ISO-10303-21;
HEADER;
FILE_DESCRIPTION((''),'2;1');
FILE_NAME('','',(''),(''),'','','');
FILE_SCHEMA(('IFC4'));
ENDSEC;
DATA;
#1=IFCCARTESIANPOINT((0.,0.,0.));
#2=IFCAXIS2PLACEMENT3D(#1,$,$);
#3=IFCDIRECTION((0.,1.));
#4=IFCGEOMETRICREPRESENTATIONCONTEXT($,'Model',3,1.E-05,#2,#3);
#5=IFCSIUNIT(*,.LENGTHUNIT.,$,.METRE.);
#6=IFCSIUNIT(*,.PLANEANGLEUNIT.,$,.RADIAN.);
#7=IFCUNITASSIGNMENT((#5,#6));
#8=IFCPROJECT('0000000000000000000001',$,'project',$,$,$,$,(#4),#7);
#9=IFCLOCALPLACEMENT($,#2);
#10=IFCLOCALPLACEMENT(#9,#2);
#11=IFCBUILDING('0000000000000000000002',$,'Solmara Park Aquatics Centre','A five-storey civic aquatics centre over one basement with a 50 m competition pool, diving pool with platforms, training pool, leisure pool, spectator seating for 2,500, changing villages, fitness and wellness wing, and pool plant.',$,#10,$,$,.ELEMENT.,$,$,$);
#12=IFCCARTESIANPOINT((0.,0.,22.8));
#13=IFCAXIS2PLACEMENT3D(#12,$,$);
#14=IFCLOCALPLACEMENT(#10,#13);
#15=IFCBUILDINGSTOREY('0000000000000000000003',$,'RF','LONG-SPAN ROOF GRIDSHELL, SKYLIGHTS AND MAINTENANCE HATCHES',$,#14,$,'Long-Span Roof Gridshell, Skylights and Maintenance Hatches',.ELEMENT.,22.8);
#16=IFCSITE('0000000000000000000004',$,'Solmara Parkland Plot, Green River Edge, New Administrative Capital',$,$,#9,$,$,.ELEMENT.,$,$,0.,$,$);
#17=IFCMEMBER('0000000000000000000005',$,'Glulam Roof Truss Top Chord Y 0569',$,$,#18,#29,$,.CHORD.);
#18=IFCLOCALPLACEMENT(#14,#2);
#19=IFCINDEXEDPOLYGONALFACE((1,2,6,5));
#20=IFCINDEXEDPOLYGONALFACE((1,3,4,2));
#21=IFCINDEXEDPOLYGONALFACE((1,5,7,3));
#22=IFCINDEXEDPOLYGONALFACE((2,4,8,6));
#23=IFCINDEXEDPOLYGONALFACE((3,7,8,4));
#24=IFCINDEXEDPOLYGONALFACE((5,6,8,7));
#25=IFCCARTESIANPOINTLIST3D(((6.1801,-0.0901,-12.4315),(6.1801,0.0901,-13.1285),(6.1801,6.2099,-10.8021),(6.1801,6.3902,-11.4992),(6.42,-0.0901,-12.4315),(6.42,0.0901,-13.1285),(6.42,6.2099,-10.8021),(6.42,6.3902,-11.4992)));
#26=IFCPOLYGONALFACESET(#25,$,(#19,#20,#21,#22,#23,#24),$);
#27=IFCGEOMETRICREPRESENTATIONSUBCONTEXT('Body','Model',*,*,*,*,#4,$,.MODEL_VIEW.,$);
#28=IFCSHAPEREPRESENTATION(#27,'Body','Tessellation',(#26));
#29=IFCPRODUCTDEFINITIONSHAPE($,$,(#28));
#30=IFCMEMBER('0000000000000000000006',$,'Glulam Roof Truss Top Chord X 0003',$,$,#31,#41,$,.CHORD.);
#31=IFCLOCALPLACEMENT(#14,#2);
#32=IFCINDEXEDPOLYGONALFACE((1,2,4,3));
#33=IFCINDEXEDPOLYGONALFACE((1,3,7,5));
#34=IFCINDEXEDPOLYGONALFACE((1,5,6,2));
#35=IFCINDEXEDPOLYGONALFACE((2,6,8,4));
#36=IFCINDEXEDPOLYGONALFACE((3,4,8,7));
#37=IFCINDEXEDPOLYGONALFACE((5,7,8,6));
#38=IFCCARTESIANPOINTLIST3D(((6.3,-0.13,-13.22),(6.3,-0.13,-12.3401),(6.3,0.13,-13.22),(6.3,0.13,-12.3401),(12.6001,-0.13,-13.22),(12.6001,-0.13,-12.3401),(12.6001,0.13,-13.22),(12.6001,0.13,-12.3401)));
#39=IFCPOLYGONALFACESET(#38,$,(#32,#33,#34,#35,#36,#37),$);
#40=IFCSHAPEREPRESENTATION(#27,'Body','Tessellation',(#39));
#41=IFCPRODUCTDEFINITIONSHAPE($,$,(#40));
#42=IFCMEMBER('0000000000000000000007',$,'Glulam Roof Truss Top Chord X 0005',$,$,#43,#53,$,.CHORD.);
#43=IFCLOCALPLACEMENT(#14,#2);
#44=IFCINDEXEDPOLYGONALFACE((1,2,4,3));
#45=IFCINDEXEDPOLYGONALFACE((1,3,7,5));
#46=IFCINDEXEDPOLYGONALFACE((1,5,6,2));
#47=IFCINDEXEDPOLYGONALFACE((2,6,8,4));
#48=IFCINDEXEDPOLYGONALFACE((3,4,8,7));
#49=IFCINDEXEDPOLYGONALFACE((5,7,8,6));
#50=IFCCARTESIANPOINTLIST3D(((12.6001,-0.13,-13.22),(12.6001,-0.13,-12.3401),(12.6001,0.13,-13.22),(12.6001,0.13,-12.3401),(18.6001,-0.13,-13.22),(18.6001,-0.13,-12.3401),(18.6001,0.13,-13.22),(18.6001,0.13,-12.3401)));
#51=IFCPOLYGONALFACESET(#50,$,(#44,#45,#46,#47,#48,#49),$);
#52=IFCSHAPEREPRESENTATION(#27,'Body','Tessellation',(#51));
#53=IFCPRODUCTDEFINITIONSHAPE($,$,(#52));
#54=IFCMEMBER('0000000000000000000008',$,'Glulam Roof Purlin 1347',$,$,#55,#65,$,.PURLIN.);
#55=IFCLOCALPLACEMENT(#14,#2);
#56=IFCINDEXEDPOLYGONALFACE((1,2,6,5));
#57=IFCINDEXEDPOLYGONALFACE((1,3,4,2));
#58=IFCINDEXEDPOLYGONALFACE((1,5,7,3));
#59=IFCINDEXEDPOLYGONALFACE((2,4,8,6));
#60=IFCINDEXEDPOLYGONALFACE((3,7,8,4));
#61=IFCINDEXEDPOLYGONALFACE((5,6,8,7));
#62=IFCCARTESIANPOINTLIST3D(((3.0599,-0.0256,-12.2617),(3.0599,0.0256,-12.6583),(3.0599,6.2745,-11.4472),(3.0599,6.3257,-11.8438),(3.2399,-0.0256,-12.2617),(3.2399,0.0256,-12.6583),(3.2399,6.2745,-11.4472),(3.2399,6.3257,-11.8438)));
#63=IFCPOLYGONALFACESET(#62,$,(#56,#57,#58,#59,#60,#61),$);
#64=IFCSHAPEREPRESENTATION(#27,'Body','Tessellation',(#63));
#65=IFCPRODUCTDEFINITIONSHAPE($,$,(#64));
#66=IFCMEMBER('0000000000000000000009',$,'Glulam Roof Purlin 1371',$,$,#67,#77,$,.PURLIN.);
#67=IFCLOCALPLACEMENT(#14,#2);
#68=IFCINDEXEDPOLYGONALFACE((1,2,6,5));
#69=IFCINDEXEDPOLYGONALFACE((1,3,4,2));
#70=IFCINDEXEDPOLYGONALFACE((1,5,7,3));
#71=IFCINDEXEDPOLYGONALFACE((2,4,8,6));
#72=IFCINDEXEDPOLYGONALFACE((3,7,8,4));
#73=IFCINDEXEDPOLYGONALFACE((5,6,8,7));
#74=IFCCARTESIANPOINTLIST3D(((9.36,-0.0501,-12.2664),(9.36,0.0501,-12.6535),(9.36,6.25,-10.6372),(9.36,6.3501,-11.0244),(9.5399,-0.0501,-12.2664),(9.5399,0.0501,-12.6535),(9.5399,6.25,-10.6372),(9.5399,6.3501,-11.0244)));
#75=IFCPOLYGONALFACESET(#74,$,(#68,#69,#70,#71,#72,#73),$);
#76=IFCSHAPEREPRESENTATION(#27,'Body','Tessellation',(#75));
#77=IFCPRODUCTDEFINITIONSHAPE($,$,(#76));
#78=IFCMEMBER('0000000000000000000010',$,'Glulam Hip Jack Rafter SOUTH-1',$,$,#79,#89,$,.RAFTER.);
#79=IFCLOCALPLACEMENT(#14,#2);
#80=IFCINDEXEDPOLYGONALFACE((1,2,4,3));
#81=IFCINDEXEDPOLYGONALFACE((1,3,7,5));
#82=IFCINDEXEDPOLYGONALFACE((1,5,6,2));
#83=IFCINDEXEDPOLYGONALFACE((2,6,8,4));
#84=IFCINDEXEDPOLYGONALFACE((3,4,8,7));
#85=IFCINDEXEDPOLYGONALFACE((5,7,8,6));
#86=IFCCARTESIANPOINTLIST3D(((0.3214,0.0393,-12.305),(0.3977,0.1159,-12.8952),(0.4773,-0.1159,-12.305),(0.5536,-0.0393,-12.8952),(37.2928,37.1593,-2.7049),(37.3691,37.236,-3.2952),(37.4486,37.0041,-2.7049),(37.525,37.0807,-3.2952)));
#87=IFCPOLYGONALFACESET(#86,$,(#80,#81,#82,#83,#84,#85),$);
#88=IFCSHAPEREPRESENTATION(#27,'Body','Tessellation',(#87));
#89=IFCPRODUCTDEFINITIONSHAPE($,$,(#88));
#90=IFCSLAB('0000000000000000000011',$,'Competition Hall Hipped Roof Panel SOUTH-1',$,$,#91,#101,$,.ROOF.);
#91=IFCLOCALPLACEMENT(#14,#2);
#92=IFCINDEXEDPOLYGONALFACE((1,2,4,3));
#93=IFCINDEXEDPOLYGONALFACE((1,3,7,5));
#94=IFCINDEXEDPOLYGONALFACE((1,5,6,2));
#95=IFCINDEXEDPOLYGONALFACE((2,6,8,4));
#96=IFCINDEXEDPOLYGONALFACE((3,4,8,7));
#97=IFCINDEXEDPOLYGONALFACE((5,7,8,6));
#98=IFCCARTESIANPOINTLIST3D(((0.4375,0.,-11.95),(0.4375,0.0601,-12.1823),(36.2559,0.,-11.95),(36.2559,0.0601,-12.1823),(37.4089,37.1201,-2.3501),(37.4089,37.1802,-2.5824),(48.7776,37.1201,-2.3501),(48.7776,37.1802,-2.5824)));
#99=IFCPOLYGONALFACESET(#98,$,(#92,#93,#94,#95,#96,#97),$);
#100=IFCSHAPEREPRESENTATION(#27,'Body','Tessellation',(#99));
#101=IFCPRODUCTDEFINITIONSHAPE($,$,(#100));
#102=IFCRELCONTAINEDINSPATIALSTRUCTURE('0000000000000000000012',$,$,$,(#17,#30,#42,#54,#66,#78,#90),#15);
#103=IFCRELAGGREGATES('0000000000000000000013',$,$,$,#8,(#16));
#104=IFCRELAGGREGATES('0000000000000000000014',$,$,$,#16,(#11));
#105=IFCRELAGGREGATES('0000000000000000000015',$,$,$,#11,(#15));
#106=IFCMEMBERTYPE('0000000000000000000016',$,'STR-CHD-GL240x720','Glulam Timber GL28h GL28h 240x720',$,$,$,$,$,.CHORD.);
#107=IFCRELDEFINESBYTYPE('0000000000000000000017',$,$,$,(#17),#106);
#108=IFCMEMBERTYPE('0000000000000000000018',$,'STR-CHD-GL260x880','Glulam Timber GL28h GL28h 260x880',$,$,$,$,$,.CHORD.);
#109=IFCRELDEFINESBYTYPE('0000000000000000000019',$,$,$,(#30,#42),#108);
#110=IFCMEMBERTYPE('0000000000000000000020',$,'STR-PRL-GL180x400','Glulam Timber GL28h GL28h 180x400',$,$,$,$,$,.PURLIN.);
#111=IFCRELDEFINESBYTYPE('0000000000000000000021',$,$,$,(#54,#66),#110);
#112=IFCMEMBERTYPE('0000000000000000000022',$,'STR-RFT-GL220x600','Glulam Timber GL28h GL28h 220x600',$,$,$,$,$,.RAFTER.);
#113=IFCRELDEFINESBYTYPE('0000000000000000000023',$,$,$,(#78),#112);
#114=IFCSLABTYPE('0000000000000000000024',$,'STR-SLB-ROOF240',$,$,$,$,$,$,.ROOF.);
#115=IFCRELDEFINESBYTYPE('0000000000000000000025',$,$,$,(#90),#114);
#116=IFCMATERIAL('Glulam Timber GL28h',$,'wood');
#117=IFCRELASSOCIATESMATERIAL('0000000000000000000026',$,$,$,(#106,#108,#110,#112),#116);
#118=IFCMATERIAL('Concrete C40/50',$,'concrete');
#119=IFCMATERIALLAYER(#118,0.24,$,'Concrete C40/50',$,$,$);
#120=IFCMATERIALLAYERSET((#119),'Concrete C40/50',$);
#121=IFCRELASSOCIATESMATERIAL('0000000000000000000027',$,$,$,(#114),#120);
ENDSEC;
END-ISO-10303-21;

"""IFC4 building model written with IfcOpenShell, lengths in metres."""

from ifc_helpers import new_model, si_unit, direction, frame, origin, origin_2d, place, context, subcontext, project, spatial, polyline, rectangle, outline, extrude, material, layer, layer_set, material_profile, profile_set, type_object, element, save


model = new_model("IFC4")

# Units and contexts
model_context = context("Model", 3, precision=1e-05, world=origin(), true_north=direction((0.0, 1.0)))
body_context = subcontext(model_context, "Body", "Model", "MODEL_VIEW")
ifc_project = project(units=[si_unit("LENGTHUNIT", "METRE"), si_unit("PLANEANGLEUNIT", "RADIAN")], contexts=[model_context])

# Site, building, storey
site_placement = place(None, origin())
site = spatial("IfcSite", under=ifc_project, at=site_placement, Name="Solmara Parkland Plot, Green River Edge, New Administrative Capital", CompositionType="ELEMENT", RefElevation=0.0)
building_placement = place(site_placement, origin())
building = spatial("IfcBuilding", under=site, at=building_placement, Name="Solmara Park Aquatics Centre", Description="A five-storey civic aquatics centre over one basement with a 50 m competition pool, diving pool with platforms, training pool, leisure pool, spectator seating for 2,500, changing villages, fitness and wellness wing, and pool plant.", CompositionType="ELEMENT")
storey_placement = place(building_placement, frame((0.0, 0.0, 22.8)))
storey = spatial("IfcBuildingStorey", under=building, at=storey_placement, Name="RF", Description="LONG-SPAN ROOF GRIDSHELL, SKYLIGHTS AND MAINTENANCE HATCHES", LongName="Long-Span Roof Gridshell, Skylights and Maintenance Hatches", CompositionType="ELEMENT", Elevation=22.8)

# Members
ifc_material_1 = material(Name="Glulam Timber GL28h", Category="wood")
ifc_material_profile_1 = material_profile(ifc_material_1, rectangle(XDim=0.24, YDim=0.72, at=origin_2d()), Name="GL28h 240x720")
ifc_profile_set_1 = profile_set([ifc_material_profile_1], Name="Glulam Timber GL28h")
member_type_1 = type_object("IfcMemberType", Name="STR-CHD-GL240x720", Description="Glulam Timber GL28h GL28h 240x720", PredefinedType="CHORD", material=ifc_profile_set_1)
member_1_placement = place(storey_placement, frame((6.3, 0.0, -12.78), z_axis=(0.0, 0.968144, 0.250393), x_axis=(-1.0, 0.0, 0.0)))
element("IfcMember", 1, at=member_1_placement, inside=storey, type_object=member_type_1, Name="Glulam Roof Truss Top Chord Y 0569", PredefinedType="CHORD", context=body_context, shape_type="SweptSolid", body=[
    extrude(rectangle(XDim=0.24, YDim=0.72, at=origin_2d()), origin(), (0.0, 0.0, 1.0), 6.5073),
])
ifc_material_profile_2 = material_profile(ifc_material_1, rectangle(XDim=0.26, YDim=0.8799, at=origin_2d()), Name="GL28h 260x880")
ifc_profile_set_2 = profile_set([ifc_material_profile_2], Name="Glulam Timber GL28h")
member_type_2 = type_object("IfcMemberType", Name="STR-CHD-GL260x880", Description="Glulam Timber GL28h GL28h 260x880", PredefinedType="CHORD", material=ifc_profile_set_2)
member_2_placement = place(storey_placement, frame((6.3, 0.0, -12.78), z_axis=(1.0, 0.0, 0.0), x_axis=(0.0, 1.0, 0.0)))
element("IfcMember", 2, at=member_2_placement, inside=storey, type_object=member_type_2, Name="Glulam Roof Truss Top Chord X 0003", PredefinedType="CHORD", context=body_context, shape_type="SweptSolid", body=[
    extrude(rectangle(XDim=0.26, YDim=0.8799, at=origin_2d()), origin(), (0.0, 0.0, 1.0), 6.3),
])
member_3_placement = place(storey_placement, frame((12.6001, 0.0, -12.78), z_axis=(1.0, 0.0, 0.0), x_axis=(0.0, 1.0, 0.0)))
element("IfcMember", 3, at=member_3_placement, inside=storey, type_object=member_type_2, Name="Glulam Roof Truss Top Chord X 0005", PredefinedType="CHORD", context=body_context, shape_type="SweptSolid", body=[
    extrude(rectangle(XDim=0.26, YDim=0.8799, at=origin_2d()), origin(), (0.0, 0.0, 1.0), 6.0),
])
ifc_material_profile_3 = material_profile(ifc_material_1, rectangle(XDim=0.1799, YDim=0.3999, at=origin_2d()), Name="GL28h 180x400")
ifc_profile_set_3 = profile_set([ifc_material_profile_3], Name="Glulam Timber GL28h")
member_type_3 = type_object("IfcMemberType", Name="STR-PRL-GL180x400", Description="Glulam Timber GL28h GL28h 180x400", PredefinedType="PURLIN", material=ifc_profile_set_3)
member_4_placement = place(storey_placement, frame((3.1499, 0.0, -12.46), z_axis=(0.0, 0.991747, 0.12821), x_axis=(-1.0, 0.0, 0.0)))
element("IfcMember", 4, at=member_4_placement, inside=storey, type_object=member_type_3, Name="Glulam Roof Purlin 1347", PredefinedType="PURLIN", context=body_context, shape_type="SweptSolid", body=[
    extrude(rectangle(XDim=0.1799, YDim=0.3999, at=origin_2d()), origin(), (0.0, 0.0, 1.0), 6.3525),
])
member_5_placement = place(storey_placement, frame((9.45, 0.0, -12.46), z_axis=(0.0, 0.968153, 0.250358), x_axis=(-1.0, 0.0, 0.0)))
element("IfcMember", 5, at=member_5_placement, inside=storey, type_object=member_type_3, Name="Glulam Roof Purlin 1371", PredefinedType="PURLIN", context=body_context, shape_type="SweptSolid", body=[
    extrude(rectangle(XDim=0.1799, YDim=0.3999, at=origin_2d()), origin(), (0.0, 0.0, 1.0), 6.5073),
])
ifc_material_profile_4 = material_profile(ifc_material_1, rectangle(XDim=0.22, YDim=0.6001, at=origin_2d()), Name="GL28h 220x600")
ifc_profile_set_4 = profile_set([ifc_material_profile_4], Name="Glulam Timber GL28h")
member_type_4 = type_object("IfcMemberType", Name="STR-RFT-GL220x600", Description="Glulam Timber GL28h GL28h 220x600", PredefinedType="RAFTER", material=ifc_profile_set_4)
member_6_placement = place(storey_placement, frame((0.4375, 0.0, -12.6001), z_axis=(0.694129, 0.696921, 0.180239), x_axis=(-0.708524, 0.705686, 0.0)))
element("IfcMember", 6, at=member_6_placement, inside=storey, type_object=member_type_4, Name="Glulam Hip Jack Rafter SOUTH-1", PredefinedType="RAFTER", context=body_context, shape_type="SweptSolid", body=[
    extrude(rectangle(XDim=0.22, YDim=0.6001, at=origin_2d()), origin(), (0.0, 0.0, 1.0), 53.2629),
])

# Slab
ifc_material_2 = material(Name="Concrete C40/50", Category="concrete")
ifc_layer_1 = layer(ifc_material_2, 0.24, Name="Concrete C40/50")
ifc_layer_set_1 = layer_set([ifc_layer_1], Name="Concrete C40/50")
slab_type_1 = type_object("IfcSlabType", Name="STR-SLB-ROOF240", PredefinedType="ROOF", material=ifc_layer_set_1)
slab_1_placement = place(storey_placement, frame((0.4375, 0.0, -11.95), z_axis=(0.0, -0.250379, 0.968148), x_axis=(1.0, 0.0, 0.0)))
element("IfcSlab", 7, at=slab_1_placement, inside=storey, type_object=slab_type_1, Name="Competition Hall Hipped Roof Panel SOUTH-1", PredefinedType="ROOF", context=body_context, shape_type="SweptSolid", body=[
    extrude(outline(polyline([(0.0, 0.0), (35.8184, 0.0), (48.3401, 38.3414), (36.9714, 38.3414), (0.0, 0.0)])), origin(), (0.0, 0.0, -1.0), 0.24),
])

save(model, "model.ifc")
